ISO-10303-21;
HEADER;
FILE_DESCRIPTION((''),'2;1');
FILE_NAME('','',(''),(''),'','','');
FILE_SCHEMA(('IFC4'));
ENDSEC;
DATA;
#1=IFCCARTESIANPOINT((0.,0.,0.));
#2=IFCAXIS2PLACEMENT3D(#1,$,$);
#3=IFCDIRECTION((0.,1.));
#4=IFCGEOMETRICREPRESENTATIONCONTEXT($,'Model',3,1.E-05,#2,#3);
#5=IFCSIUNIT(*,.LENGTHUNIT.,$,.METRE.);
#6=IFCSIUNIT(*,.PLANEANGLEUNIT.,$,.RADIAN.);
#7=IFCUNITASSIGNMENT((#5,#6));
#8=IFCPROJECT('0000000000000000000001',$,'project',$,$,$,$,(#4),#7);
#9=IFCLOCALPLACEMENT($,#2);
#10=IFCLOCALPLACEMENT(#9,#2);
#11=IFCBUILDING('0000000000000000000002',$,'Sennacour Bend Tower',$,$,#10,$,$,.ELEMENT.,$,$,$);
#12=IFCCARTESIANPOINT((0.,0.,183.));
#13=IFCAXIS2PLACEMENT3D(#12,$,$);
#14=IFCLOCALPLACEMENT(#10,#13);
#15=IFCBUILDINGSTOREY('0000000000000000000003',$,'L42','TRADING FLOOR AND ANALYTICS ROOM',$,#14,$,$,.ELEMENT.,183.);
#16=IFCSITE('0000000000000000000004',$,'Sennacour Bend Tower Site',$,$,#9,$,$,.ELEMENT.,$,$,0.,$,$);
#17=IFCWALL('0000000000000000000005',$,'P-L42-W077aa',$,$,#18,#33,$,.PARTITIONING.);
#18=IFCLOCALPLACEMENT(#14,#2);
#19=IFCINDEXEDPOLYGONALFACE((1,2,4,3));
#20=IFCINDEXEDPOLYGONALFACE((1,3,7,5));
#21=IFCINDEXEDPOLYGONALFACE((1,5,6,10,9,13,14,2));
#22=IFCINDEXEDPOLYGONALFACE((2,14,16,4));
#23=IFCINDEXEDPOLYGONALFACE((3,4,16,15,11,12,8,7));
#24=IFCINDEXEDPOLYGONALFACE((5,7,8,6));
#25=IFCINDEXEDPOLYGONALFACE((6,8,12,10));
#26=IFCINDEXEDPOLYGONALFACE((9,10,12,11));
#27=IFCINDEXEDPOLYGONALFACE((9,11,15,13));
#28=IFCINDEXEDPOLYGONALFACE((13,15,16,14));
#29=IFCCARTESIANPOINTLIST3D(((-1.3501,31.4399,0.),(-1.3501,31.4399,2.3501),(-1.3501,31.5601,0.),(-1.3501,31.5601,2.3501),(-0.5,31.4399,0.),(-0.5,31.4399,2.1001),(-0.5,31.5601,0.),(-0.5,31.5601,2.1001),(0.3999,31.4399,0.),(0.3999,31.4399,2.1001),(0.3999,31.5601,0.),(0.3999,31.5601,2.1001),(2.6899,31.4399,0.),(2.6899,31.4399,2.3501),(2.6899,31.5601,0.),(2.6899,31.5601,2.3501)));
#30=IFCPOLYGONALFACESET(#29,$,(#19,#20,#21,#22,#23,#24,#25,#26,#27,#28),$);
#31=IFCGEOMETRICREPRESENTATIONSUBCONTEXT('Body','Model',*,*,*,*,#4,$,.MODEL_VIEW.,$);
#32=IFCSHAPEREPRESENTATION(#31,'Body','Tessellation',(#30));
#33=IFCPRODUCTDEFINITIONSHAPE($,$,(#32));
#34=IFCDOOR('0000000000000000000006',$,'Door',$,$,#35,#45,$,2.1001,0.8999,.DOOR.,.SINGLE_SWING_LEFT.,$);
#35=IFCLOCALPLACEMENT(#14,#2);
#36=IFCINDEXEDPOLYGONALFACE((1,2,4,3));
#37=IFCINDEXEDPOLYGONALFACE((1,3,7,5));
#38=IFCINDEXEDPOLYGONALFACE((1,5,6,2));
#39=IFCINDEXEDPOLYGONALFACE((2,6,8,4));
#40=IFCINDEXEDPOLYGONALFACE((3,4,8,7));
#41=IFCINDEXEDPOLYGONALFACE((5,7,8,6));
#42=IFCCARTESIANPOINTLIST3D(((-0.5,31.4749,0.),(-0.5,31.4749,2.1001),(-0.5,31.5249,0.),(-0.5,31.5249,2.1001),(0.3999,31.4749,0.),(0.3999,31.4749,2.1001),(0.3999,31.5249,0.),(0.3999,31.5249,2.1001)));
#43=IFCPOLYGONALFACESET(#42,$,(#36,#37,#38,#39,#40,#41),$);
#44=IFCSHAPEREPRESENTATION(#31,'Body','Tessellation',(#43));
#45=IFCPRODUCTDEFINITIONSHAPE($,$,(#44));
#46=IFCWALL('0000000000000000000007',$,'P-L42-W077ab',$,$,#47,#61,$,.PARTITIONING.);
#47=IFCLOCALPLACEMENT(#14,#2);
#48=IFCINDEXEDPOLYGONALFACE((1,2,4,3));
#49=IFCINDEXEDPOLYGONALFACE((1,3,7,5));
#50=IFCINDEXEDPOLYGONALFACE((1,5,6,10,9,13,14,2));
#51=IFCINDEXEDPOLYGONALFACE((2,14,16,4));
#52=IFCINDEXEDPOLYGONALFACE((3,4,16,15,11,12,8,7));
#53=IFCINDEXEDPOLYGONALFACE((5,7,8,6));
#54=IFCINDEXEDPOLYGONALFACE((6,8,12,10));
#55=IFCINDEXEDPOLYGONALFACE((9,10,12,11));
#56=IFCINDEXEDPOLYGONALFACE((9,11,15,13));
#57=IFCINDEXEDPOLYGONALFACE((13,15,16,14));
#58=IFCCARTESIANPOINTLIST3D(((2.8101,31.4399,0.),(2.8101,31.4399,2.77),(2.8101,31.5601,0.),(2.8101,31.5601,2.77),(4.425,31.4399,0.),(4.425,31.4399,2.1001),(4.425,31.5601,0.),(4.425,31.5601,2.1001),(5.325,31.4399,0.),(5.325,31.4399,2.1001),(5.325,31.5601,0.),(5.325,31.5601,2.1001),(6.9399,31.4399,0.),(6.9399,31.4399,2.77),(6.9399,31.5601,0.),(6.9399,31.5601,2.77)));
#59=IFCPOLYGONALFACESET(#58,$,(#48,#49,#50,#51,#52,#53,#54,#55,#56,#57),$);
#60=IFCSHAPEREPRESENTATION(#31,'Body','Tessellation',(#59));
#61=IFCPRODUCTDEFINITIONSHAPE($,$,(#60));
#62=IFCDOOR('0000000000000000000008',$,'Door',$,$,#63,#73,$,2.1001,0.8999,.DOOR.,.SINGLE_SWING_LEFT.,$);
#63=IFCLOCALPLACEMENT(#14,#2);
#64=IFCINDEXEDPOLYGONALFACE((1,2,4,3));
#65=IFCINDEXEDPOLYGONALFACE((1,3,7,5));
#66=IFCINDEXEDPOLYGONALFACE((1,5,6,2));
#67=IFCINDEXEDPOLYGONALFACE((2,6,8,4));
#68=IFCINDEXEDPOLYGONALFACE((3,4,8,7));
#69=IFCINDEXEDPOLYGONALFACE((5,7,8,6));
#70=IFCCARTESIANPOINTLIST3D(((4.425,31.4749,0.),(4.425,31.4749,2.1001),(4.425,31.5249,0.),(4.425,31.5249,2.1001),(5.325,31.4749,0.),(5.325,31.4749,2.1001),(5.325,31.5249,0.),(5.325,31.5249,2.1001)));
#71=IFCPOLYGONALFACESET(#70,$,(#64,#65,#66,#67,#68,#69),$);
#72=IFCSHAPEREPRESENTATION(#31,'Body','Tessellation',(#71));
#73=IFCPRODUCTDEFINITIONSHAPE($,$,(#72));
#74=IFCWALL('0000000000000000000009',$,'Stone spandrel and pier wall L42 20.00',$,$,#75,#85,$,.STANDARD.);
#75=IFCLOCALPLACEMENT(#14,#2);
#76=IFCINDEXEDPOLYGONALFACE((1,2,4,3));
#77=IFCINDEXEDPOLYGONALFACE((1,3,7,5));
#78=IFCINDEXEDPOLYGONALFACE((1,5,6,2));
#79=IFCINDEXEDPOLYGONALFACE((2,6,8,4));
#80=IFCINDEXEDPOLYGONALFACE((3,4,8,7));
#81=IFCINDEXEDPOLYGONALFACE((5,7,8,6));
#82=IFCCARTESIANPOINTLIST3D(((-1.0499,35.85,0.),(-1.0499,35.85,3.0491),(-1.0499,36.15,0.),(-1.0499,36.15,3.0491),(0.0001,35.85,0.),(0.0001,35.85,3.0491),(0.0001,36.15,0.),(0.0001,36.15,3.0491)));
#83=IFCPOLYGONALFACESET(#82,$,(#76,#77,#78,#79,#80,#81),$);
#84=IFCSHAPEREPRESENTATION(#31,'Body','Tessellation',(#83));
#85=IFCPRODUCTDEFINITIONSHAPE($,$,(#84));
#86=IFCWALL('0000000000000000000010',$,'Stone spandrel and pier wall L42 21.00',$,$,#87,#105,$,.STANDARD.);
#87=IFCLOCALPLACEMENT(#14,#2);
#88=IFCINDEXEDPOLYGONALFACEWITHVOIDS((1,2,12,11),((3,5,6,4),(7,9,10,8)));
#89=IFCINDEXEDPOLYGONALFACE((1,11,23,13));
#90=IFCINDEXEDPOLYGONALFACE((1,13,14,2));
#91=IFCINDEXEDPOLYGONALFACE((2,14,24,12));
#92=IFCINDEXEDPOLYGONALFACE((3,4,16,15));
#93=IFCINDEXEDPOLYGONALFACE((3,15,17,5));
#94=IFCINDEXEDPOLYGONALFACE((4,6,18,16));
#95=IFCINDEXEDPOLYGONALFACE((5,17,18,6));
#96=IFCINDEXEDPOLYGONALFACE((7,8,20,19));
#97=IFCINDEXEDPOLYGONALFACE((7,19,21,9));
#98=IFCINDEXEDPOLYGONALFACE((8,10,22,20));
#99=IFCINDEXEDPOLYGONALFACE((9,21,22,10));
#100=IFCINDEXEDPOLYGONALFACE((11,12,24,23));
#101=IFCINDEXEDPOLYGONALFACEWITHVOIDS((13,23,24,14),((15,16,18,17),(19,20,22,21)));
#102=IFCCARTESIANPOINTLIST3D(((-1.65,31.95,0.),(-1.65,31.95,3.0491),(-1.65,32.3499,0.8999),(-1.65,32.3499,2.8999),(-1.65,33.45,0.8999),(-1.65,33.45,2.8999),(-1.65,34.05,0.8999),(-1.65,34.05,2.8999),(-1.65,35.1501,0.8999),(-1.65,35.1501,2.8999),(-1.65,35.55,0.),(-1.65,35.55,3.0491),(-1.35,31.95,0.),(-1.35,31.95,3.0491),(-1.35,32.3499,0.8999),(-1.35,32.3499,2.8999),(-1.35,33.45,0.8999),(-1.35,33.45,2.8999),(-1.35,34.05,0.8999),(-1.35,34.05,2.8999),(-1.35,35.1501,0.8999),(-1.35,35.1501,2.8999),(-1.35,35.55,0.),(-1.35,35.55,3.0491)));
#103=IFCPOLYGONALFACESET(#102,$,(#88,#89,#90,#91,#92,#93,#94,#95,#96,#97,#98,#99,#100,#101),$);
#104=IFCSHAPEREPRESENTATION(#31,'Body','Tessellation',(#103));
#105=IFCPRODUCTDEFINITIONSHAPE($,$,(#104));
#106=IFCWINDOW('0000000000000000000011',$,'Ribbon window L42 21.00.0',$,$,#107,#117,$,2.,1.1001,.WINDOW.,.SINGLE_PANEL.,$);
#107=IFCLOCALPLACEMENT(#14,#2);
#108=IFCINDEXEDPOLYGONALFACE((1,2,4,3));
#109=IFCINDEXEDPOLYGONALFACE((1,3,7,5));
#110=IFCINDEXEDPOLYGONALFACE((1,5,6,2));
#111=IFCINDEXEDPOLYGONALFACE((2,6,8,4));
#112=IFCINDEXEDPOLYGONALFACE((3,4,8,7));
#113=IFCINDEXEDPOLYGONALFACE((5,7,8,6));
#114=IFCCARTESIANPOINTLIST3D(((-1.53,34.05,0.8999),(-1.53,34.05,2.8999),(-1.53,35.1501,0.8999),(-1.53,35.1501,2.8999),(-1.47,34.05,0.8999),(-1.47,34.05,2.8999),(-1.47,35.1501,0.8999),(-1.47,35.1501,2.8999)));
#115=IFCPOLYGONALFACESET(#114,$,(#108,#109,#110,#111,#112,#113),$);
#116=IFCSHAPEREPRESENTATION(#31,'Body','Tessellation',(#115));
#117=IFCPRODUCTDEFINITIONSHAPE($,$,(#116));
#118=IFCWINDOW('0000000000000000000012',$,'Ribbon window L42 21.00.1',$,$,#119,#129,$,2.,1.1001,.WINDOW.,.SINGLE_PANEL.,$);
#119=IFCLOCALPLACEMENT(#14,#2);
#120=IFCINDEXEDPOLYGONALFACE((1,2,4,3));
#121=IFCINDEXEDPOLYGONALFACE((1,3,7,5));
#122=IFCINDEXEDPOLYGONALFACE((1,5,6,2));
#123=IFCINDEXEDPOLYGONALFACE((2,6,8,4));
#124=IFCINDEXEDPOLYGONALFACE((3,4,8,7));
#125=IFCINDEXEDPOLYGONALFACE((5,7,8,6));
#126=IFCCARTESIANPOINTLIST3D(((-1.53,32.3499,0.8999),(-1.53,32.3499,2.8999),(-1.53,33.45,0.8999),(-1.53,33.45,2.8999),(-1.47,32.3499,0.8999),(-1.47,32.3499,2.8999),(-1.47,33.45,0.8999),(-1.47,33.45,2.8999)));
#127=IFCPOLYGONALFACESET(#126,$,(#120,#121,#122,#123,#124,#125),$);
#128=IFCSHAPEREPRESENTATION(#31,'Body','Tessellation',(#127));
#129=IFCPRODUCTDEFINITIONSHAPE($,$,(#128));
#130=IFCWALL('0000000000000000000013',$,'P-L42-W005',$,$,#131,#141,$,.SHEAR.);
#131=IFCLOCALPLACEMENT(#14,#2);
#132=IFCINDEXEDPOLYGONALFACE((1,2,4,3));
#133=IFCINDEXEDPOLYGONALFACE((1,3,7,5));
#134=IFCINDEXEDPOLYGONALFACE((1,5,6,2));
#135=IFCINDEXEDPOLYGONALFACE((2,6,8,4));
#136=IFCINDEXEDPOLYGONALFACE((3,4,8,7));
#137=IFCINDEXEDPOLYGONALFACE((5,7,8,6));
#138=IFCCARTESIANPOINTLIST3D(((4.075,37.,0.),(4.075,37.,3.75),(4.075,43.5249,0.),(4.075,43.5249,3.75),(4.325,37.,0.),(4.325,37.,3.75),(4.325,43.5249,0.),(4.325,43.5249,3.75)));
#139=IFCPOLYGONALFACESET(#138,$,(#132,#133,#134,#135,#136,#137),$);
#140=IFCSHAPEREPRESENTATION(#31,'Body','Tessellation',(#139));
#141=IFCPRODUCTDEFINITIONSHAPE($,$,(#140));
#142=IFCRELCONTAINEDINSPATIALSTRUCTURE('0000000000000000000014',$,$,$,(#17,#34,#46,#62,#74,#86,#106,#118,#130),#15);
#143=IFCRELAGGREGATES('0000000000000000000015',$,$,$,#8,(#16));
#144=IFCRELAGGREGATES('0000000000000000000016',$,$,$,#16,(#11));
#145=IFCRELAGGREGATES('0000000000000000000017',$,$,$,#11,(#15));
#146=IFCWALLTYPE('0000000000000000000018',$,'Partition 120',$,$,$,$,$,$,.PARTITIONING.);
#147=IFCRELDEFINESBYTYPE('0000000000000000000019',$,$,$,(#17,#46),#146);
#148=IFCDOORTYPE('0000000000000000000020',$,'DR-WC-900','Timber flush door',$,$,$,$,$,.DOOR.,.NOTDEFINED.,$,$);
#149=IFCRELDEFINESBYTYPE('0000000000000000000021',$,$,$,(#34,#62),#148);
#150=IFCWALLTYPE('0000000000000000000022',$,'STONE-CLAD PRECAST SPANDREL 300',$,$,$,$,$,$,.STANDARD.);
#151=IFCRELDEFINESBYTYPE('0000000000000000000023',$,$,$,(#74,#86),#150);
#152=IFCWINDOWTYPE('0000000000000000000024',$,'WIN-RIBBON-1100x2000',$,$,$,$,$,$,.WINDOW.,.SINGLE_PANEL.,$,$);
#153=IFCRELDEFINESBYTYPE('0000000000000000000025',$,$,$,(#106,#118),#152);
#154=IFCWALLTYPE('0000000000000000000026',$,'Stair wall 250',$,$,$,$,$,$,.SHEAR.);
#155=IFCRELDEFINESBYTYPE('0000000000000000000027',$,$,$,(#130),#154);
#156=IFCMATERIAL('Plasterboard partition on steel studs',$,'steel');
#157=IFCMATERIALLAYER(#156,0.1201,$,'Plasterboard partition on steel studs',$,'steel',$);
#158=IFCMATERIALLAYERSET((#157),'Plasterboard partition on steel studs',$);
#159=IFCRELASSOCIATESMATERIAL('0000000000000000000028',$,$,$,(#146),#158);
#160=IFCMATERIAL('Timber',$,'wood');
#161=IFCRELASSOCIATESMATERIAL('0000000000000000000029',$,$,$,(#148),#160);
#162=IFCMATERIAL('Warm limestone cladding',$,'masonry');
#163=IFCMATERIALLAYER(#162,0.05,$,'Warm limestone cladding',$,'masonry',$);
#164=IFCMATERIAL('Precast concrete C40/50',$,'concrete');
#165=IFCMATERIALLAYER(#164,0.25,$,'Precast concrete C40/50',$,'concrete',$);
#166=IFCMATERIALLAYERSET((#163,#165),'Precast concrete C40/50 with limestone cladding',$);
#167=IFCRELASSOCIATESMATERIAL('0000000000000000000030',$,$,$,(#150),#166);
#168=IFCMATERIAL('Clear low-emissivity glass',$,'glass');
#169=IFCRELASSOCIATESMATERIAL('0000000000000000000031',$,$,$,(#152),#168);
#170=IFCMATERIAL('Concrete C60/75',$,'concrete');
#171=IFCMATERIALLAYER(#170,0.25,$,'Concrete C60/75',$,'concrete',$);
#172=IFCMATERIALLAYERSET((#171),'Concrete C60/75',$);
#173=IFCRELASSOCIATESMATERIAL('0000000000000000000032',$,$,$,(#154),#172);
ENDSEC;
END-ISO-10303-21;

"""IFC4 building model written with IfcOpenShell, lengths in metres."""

from ifc_helpers import new_model, si_unit, direction, frame, frame_2d, origin, place, context, subcontext, project, spatial, rectangle, extrude, material, layer, layer_set, type_object, element, fill, save


model = new_model("IFC4")

# Units and contexts
model_context = context("Model", 3, precision=1e-05, world=origin(), true_north=direction((0.0, 1.0)))
body_context = subcontext(model_context, "Body", "Model", "MODEL_VIEW")
ifc_project = project(units=[si_unit("LENGTHUNIT", "METRE"), si_unit("PLANEANGLEUNIT", "RADIAN")], contexts=[model_context])

# Site, building, storey
site_placement = place(None, origin())
site = spatial("IfcSite", under=ifc_project, at=site_placement, Name="Sennacour Bend Tower Site", CompositionType="ELEMENT", RefElevation=0.0)
building_placement = place(site_placement, origin())
building = spatial("IfcBuilding", under=site, at=building_placement, Name="Sennacour Bend Tower", CompositionType="ELEMENT")
storey_placement = place(building_placement, frame((0.0, 0.0, 183.0)))
storey = spatial("IfcBuildingStorey", under=building, at=storey_placement, Name="L42", Description="TRADING FLOOR AND ANALYTICS ROOM", CompositionType="ELEMENT", Elevation=183.0)

# Shared definitions
ifc_material_1 = material(Name="Concrete C60/75", Category="concrete")

# Walls, openings, doors
ifc_material_2 = material(Name="Plasterboard partition on steel studs", Category="steel")
ifc_layer_1 = layer(ifc_material_2, 0.1201, Name="Plasterboard partition on steel studs", Category="steel")
ifc_layer_set_1 = layer_set([ifc_layer_1], Name="Plasterboard partition on steel studs")
wall_type_1 = type_object("IfcWallType", Name="Partition 120", PredefinedType="PARTITIONING", material=ifc_layer_set_1)
wall_1_placement = place(storey_placement, frame((-1.3501, 31.5, 0.0), z_axis=(0.0, 0.0, 1.0), x_axis=(1.0, 0.0, 0.0)))
wall_1 = element("IfcWall", 1, at=wall_1_placement, inside=storey, type_object=wall_type_1, Name="P-L42-W077aa", PredefinedType="PARTITIONING", context=body_context, shape_type="SweptSolid", body=[
    extrude(rectangle(XDim=4.04, YDim=0.1201, at=frame_2d((2.02, 0.0))), origin(), (0.0, 0.0, 1.0), 2.3501),
])
opening_1_placement = place(wall_1_placement, frame((0.8501, 0.0, 0.0)))
opening_1 = element("IfcOpeningElement", 2, at=opening_1_placement, cuts=wall_1, PredefinedType="OPENING", context=body_context, shape_type="SweptSolid", body=[
    extrude(rectangle(XDim=0.8999, YDim=2.1001, at=frame_2d((0.45, 1.05))), frame((0.0, 0.0701, 0.0), z_axis=(0.0, -1.0, 0.0), x_axis=(1.0, 0.0, 0.0)), (0.0, 0.0, 1.0), 0.1401),
])
ifc_material_3 = material(Name="Timber", Category="wood")
door_type_1 = type_object("IfcDoorType", Name="DR-WC-900", Description="Timber flush door", OperationType="NOTDEFINED", PredefinedType="DOOR", material=ifc_material_3)
door_1_placement = place(opening_1_placement, origin())
door_1 = element("IfcDoor", 3, at=door_1_placement, inside=storey, type_object=door_type_1, Name="Door", OperationType="SINGLE_SWING_LEFT", OverallHeight=2.1001, OverallWidth=0.8999, PredefinedType="DOOR", context=body_context, shape_type="SweptSolid", body=[
    extrude(rectangle(XDim=0.8999, YDim=2.1001, at=frame_2d((0.45, 1.05))), frame((0.0, 0.0249, 0.0), z_axis=(0.0, -1.0, 0.0), x_axis=(1.0, 0.0, 0.0)), (0.0, 0.0, 1.0), 0.05),
])
fill(opening_1, door_1)
wall_2_placement = place(storey_placement, frame((2.8101, 31.5, 0.0), z_axis=(0.0, 0.0, 1.0), x_axis=(1.0, 0.0, 0.0)))
wall_2 = element("IfcWall", 4, at=wall_2_placement, inside=storey, type_object=wall_type_1, Name="P-L42-W077ab", PredefinedType="PARTITIONING", context=body_context, shape_type="SweptSolid", body=[
    extrude(rectangle(XDim=4.1299, YDim=0.1201, at=frame_2d((2.0649, 0.0))), origin(), (0.0, 0.0, 1.0), 2.77),
])
opening_2_placement = place(wall_2_placement, frame((1.615, 0.0, 0.0)))
opening_2 = element("IfcOpeningElement", 5, at=opening_2_placement, cuts=wall_2, PredefinedType="OPENING", context=body_context, shape_type="SweptSolid", body=[
    extrude(rectangle(XDim=0.8999, YDim=2.1001, at=frame_2d((0.45, 1.05))), frame((0.0, 0.0701, 0.0), z_axis=(0.0, -1.0, 0.0), x_axis=(1.0, 0.0, 0.0)), (0.0, 0.0, 1.0), 0.1401),
])
door_2_placement = place(opening_2_placement, origin())
door_2 = element("IfcDoor", 6, at=door_2_placement, inside=storey, type_object=door_type_1, Name="Door", OperationType="SINGLE_SWING_LEFT", OverallHeight=2.1001, OverallWidth=0.8999, PredefinedType="DOOR", context=body_context, shape_type="SweptSolid", body=[
    extrude(rectangle(XDim=0.8999, YDim=2.1001, at=frame_2d((0.45, 1.05))), frame((0.0, 0.0249, 0.0), z_axis=(0.0, -1.0, 0.0), x_axis=(1.0, 0.0, 0.0)), (0.0, 0.0, 1.0), 0.05),
])
fill(opening_2, door_2)

# Wall
ifc_material_4 = material(Name="Warm limestone cladding", Category="masonry")
ifc_layer_2 = layer(ifc_material_4, 0.05, Name="Warm limestone cladding", Category="masonry")
ifc_material_5 = material(Name="Precast concrete C40/50", Category="concrete")
ifc_layer_3 = layer(ifc_material_5, 0.25, Name="Precast concrete C40/50", Category="concrete")
ifc_layer_set_2 = layer_set([ifc_layer_2, ifc_layer_3], Name="Precast concrete C40/50 with limestone cladding")
wall_type_2 = type_object("IfcWallType", Name="STONE-CLAD PRECAST SPANDREL 300", PredefinedType="STANDARD", material=ifc_layer_set_2)
wall_3_placement = place(storey_placement, frame((0.0, 36.0, 0.0), z_axis=(0.0, 0.0, 1.0), x_axis=(-1.0, 0.0, 0.0)))
element("IfcWall", 7, at=wall_3_placement, inside=storey, type_object=wall_type_2, Name="Stone spandrel and pier wall L42 20.00", PredefinedType="STANDARD", context=body_context, shape_type="SweptSolid", body=[
    extrude(rectangle(XDim=1.05, YDim=0.3, at=frame_2d((0.5249, 0.0))), origin(), (0.0, 0.0, 1.0), 3.0491),
])

# Wall, openings, windows
wall_4_placement = place(storey_placement, frame((-1.5, 35.55, 0.0), z_axis=(0.0, 0.0, 1.0), x_axis=(0.0, -1.0, 0.0)))
wall_4 = element("IfcWall", 8, at=wall_4_placement, inside=storey, type_object=wall_type_2, Name="Stone spandrel and pier wall L42 21.00", PredefinedType="STANDARD", context=body_context, shape_type="SweptSolid", body=[
    extrude(rectangle(XDim=3.6001, YDim=0.3, at=frame_2d((1.8, 0.0))), origin(), (0.0, 0.0, 1.0), 3.0491),
])
opening_3_placement = place(wall_4_placement, frame((0.3999, 0.0, 0.8999)))
opening_3 = element("IfcOpeningElement", 9, at=opening_3_placement, cuts=wall_4, PredefinedType="OPENING", context=body_context, shape_type="SweptSolid", body=[
    extrude(rectangle(XDim=1.1001, YDim=2.0, at=frame_2d((0.55, 1.0))), frame((0.0, 0.1602, 0.0), z_axis=(0.0, -1.0, 0.0), x_axis=(1.0, 0.0, 0.0)), (0.0, 0.0, 1.0), 0.3201),
])
opening_4_placement = place(wall_4_placement, frame((2.1001, 0.0, 0.8999)))
opening_4 = element("IfcOpeningElement", 10, at=opening_4_placement, cuts=wall_4, PredefinedType="OPENING", context=body_context, shape_type="SweptSolid", body=[
    extrude(rectangle(XDim=1.1001, YDim=2.0, at=frame_2d((0.55, 1.0))), frame((0.0, 0.1602, 0.0), z_axis=(0.0, -1.0, 0.0), x_axis=(1.0, 0.0, 0.0)), (0.0, 0.0, 1.0), 0.3201),
])
ifc_material_6 = material(Name="Clear low-emissivity glass", Category="glass")
window_type = type_object("IfcWindowType", Name="WIN-RIBBON-1100x2000", PartitioningType="SINGLE_PANEL", PredefinedType="WINDOW", material=ifc_material_6)
window_1_placement = place(opening_3_placement, origin())
window_1 = element("IfcWindow", 11, at=window_1_placement, inside=storey, type_object=window_type, Name="Ribbon window L42 21.00.0", OverallHeight=2.0, OverallWidth=1.1001, PartitioningType="SINGLE_PANEL", PredefinedType="WINDOW", context=body_context, shape_type="SweptSolid", body=[
    extrude(rectangle(XDim=1.1001, YDim=2.0, at=frame_2d((0.55, 1.0))), frame((0.0, 0.03, 0.0), z_axis=(0.0, -1.0, 0.0), x_axis=(1.0, 0.0, 0.0)), (0.0, 0.0, 1.0), 0.0601),
])
fill(opening_3, window_1)
window_2_placement = place(opening_4_placement, origin())
window_2 = element("IfcWindow", 12, at=window_2_placement, inside=storey, type_object=window_type, Name="Ribbon window L42 21.00.1", OverallHeight=2.0, OverallWidth=1.1001, PartitioningType="SINGLE_PANEL", PredefinedType="WINDOW", context=body_context, shape_type="SweptSolid", body=[
    extrude(rectangle(XDim=1.1001, YDim=2.0, at=frame_2d((0.55, 1.0))), frame((0.0, 0.03, 0.0), z_axis=(0.0, -1.0, 0.0), x_axis=(1.0, 0.0, 0.0)), (0.0, 0.0, 1.0), 0.0601),
])
fill(opening_4, window_2)

# Wall
ifc_layer_4 = layer(ifc_material_1, 0.25, Name="Concrete C60/75", Category="concrete")
ifc_layer_set_3 = layer_set([ifc_layer_4], Name="Concrete C60/75")
wall_type_3 = type_object("IfcWallType", Name="Stair wall 250", PredefinedType="SHEAR", material=ifc_layer_set_3)
wall_5_placement = place(storey_placement, frame((4.2, 37.0, 0.0), z_axis=(0.0, 0.0, 1.0), x_axis=(0.0, 1.0, 0.0)))
element("IfcWall", 13, at=wall_5_placement, inside=storey, type_object=wall_type_3, Name="P-L42-W005", PredefinedType="SHEAR", context=body_context, shape_type="SweptSolid", body=[
    extrude(rectangle(XDim=6.5249, YDim=0.25, at=frame_2d((3.2625, 0.0))), origin(), (0.0, 0.0, 1.0), 3.75),
])

save(model, "model.ifc")
